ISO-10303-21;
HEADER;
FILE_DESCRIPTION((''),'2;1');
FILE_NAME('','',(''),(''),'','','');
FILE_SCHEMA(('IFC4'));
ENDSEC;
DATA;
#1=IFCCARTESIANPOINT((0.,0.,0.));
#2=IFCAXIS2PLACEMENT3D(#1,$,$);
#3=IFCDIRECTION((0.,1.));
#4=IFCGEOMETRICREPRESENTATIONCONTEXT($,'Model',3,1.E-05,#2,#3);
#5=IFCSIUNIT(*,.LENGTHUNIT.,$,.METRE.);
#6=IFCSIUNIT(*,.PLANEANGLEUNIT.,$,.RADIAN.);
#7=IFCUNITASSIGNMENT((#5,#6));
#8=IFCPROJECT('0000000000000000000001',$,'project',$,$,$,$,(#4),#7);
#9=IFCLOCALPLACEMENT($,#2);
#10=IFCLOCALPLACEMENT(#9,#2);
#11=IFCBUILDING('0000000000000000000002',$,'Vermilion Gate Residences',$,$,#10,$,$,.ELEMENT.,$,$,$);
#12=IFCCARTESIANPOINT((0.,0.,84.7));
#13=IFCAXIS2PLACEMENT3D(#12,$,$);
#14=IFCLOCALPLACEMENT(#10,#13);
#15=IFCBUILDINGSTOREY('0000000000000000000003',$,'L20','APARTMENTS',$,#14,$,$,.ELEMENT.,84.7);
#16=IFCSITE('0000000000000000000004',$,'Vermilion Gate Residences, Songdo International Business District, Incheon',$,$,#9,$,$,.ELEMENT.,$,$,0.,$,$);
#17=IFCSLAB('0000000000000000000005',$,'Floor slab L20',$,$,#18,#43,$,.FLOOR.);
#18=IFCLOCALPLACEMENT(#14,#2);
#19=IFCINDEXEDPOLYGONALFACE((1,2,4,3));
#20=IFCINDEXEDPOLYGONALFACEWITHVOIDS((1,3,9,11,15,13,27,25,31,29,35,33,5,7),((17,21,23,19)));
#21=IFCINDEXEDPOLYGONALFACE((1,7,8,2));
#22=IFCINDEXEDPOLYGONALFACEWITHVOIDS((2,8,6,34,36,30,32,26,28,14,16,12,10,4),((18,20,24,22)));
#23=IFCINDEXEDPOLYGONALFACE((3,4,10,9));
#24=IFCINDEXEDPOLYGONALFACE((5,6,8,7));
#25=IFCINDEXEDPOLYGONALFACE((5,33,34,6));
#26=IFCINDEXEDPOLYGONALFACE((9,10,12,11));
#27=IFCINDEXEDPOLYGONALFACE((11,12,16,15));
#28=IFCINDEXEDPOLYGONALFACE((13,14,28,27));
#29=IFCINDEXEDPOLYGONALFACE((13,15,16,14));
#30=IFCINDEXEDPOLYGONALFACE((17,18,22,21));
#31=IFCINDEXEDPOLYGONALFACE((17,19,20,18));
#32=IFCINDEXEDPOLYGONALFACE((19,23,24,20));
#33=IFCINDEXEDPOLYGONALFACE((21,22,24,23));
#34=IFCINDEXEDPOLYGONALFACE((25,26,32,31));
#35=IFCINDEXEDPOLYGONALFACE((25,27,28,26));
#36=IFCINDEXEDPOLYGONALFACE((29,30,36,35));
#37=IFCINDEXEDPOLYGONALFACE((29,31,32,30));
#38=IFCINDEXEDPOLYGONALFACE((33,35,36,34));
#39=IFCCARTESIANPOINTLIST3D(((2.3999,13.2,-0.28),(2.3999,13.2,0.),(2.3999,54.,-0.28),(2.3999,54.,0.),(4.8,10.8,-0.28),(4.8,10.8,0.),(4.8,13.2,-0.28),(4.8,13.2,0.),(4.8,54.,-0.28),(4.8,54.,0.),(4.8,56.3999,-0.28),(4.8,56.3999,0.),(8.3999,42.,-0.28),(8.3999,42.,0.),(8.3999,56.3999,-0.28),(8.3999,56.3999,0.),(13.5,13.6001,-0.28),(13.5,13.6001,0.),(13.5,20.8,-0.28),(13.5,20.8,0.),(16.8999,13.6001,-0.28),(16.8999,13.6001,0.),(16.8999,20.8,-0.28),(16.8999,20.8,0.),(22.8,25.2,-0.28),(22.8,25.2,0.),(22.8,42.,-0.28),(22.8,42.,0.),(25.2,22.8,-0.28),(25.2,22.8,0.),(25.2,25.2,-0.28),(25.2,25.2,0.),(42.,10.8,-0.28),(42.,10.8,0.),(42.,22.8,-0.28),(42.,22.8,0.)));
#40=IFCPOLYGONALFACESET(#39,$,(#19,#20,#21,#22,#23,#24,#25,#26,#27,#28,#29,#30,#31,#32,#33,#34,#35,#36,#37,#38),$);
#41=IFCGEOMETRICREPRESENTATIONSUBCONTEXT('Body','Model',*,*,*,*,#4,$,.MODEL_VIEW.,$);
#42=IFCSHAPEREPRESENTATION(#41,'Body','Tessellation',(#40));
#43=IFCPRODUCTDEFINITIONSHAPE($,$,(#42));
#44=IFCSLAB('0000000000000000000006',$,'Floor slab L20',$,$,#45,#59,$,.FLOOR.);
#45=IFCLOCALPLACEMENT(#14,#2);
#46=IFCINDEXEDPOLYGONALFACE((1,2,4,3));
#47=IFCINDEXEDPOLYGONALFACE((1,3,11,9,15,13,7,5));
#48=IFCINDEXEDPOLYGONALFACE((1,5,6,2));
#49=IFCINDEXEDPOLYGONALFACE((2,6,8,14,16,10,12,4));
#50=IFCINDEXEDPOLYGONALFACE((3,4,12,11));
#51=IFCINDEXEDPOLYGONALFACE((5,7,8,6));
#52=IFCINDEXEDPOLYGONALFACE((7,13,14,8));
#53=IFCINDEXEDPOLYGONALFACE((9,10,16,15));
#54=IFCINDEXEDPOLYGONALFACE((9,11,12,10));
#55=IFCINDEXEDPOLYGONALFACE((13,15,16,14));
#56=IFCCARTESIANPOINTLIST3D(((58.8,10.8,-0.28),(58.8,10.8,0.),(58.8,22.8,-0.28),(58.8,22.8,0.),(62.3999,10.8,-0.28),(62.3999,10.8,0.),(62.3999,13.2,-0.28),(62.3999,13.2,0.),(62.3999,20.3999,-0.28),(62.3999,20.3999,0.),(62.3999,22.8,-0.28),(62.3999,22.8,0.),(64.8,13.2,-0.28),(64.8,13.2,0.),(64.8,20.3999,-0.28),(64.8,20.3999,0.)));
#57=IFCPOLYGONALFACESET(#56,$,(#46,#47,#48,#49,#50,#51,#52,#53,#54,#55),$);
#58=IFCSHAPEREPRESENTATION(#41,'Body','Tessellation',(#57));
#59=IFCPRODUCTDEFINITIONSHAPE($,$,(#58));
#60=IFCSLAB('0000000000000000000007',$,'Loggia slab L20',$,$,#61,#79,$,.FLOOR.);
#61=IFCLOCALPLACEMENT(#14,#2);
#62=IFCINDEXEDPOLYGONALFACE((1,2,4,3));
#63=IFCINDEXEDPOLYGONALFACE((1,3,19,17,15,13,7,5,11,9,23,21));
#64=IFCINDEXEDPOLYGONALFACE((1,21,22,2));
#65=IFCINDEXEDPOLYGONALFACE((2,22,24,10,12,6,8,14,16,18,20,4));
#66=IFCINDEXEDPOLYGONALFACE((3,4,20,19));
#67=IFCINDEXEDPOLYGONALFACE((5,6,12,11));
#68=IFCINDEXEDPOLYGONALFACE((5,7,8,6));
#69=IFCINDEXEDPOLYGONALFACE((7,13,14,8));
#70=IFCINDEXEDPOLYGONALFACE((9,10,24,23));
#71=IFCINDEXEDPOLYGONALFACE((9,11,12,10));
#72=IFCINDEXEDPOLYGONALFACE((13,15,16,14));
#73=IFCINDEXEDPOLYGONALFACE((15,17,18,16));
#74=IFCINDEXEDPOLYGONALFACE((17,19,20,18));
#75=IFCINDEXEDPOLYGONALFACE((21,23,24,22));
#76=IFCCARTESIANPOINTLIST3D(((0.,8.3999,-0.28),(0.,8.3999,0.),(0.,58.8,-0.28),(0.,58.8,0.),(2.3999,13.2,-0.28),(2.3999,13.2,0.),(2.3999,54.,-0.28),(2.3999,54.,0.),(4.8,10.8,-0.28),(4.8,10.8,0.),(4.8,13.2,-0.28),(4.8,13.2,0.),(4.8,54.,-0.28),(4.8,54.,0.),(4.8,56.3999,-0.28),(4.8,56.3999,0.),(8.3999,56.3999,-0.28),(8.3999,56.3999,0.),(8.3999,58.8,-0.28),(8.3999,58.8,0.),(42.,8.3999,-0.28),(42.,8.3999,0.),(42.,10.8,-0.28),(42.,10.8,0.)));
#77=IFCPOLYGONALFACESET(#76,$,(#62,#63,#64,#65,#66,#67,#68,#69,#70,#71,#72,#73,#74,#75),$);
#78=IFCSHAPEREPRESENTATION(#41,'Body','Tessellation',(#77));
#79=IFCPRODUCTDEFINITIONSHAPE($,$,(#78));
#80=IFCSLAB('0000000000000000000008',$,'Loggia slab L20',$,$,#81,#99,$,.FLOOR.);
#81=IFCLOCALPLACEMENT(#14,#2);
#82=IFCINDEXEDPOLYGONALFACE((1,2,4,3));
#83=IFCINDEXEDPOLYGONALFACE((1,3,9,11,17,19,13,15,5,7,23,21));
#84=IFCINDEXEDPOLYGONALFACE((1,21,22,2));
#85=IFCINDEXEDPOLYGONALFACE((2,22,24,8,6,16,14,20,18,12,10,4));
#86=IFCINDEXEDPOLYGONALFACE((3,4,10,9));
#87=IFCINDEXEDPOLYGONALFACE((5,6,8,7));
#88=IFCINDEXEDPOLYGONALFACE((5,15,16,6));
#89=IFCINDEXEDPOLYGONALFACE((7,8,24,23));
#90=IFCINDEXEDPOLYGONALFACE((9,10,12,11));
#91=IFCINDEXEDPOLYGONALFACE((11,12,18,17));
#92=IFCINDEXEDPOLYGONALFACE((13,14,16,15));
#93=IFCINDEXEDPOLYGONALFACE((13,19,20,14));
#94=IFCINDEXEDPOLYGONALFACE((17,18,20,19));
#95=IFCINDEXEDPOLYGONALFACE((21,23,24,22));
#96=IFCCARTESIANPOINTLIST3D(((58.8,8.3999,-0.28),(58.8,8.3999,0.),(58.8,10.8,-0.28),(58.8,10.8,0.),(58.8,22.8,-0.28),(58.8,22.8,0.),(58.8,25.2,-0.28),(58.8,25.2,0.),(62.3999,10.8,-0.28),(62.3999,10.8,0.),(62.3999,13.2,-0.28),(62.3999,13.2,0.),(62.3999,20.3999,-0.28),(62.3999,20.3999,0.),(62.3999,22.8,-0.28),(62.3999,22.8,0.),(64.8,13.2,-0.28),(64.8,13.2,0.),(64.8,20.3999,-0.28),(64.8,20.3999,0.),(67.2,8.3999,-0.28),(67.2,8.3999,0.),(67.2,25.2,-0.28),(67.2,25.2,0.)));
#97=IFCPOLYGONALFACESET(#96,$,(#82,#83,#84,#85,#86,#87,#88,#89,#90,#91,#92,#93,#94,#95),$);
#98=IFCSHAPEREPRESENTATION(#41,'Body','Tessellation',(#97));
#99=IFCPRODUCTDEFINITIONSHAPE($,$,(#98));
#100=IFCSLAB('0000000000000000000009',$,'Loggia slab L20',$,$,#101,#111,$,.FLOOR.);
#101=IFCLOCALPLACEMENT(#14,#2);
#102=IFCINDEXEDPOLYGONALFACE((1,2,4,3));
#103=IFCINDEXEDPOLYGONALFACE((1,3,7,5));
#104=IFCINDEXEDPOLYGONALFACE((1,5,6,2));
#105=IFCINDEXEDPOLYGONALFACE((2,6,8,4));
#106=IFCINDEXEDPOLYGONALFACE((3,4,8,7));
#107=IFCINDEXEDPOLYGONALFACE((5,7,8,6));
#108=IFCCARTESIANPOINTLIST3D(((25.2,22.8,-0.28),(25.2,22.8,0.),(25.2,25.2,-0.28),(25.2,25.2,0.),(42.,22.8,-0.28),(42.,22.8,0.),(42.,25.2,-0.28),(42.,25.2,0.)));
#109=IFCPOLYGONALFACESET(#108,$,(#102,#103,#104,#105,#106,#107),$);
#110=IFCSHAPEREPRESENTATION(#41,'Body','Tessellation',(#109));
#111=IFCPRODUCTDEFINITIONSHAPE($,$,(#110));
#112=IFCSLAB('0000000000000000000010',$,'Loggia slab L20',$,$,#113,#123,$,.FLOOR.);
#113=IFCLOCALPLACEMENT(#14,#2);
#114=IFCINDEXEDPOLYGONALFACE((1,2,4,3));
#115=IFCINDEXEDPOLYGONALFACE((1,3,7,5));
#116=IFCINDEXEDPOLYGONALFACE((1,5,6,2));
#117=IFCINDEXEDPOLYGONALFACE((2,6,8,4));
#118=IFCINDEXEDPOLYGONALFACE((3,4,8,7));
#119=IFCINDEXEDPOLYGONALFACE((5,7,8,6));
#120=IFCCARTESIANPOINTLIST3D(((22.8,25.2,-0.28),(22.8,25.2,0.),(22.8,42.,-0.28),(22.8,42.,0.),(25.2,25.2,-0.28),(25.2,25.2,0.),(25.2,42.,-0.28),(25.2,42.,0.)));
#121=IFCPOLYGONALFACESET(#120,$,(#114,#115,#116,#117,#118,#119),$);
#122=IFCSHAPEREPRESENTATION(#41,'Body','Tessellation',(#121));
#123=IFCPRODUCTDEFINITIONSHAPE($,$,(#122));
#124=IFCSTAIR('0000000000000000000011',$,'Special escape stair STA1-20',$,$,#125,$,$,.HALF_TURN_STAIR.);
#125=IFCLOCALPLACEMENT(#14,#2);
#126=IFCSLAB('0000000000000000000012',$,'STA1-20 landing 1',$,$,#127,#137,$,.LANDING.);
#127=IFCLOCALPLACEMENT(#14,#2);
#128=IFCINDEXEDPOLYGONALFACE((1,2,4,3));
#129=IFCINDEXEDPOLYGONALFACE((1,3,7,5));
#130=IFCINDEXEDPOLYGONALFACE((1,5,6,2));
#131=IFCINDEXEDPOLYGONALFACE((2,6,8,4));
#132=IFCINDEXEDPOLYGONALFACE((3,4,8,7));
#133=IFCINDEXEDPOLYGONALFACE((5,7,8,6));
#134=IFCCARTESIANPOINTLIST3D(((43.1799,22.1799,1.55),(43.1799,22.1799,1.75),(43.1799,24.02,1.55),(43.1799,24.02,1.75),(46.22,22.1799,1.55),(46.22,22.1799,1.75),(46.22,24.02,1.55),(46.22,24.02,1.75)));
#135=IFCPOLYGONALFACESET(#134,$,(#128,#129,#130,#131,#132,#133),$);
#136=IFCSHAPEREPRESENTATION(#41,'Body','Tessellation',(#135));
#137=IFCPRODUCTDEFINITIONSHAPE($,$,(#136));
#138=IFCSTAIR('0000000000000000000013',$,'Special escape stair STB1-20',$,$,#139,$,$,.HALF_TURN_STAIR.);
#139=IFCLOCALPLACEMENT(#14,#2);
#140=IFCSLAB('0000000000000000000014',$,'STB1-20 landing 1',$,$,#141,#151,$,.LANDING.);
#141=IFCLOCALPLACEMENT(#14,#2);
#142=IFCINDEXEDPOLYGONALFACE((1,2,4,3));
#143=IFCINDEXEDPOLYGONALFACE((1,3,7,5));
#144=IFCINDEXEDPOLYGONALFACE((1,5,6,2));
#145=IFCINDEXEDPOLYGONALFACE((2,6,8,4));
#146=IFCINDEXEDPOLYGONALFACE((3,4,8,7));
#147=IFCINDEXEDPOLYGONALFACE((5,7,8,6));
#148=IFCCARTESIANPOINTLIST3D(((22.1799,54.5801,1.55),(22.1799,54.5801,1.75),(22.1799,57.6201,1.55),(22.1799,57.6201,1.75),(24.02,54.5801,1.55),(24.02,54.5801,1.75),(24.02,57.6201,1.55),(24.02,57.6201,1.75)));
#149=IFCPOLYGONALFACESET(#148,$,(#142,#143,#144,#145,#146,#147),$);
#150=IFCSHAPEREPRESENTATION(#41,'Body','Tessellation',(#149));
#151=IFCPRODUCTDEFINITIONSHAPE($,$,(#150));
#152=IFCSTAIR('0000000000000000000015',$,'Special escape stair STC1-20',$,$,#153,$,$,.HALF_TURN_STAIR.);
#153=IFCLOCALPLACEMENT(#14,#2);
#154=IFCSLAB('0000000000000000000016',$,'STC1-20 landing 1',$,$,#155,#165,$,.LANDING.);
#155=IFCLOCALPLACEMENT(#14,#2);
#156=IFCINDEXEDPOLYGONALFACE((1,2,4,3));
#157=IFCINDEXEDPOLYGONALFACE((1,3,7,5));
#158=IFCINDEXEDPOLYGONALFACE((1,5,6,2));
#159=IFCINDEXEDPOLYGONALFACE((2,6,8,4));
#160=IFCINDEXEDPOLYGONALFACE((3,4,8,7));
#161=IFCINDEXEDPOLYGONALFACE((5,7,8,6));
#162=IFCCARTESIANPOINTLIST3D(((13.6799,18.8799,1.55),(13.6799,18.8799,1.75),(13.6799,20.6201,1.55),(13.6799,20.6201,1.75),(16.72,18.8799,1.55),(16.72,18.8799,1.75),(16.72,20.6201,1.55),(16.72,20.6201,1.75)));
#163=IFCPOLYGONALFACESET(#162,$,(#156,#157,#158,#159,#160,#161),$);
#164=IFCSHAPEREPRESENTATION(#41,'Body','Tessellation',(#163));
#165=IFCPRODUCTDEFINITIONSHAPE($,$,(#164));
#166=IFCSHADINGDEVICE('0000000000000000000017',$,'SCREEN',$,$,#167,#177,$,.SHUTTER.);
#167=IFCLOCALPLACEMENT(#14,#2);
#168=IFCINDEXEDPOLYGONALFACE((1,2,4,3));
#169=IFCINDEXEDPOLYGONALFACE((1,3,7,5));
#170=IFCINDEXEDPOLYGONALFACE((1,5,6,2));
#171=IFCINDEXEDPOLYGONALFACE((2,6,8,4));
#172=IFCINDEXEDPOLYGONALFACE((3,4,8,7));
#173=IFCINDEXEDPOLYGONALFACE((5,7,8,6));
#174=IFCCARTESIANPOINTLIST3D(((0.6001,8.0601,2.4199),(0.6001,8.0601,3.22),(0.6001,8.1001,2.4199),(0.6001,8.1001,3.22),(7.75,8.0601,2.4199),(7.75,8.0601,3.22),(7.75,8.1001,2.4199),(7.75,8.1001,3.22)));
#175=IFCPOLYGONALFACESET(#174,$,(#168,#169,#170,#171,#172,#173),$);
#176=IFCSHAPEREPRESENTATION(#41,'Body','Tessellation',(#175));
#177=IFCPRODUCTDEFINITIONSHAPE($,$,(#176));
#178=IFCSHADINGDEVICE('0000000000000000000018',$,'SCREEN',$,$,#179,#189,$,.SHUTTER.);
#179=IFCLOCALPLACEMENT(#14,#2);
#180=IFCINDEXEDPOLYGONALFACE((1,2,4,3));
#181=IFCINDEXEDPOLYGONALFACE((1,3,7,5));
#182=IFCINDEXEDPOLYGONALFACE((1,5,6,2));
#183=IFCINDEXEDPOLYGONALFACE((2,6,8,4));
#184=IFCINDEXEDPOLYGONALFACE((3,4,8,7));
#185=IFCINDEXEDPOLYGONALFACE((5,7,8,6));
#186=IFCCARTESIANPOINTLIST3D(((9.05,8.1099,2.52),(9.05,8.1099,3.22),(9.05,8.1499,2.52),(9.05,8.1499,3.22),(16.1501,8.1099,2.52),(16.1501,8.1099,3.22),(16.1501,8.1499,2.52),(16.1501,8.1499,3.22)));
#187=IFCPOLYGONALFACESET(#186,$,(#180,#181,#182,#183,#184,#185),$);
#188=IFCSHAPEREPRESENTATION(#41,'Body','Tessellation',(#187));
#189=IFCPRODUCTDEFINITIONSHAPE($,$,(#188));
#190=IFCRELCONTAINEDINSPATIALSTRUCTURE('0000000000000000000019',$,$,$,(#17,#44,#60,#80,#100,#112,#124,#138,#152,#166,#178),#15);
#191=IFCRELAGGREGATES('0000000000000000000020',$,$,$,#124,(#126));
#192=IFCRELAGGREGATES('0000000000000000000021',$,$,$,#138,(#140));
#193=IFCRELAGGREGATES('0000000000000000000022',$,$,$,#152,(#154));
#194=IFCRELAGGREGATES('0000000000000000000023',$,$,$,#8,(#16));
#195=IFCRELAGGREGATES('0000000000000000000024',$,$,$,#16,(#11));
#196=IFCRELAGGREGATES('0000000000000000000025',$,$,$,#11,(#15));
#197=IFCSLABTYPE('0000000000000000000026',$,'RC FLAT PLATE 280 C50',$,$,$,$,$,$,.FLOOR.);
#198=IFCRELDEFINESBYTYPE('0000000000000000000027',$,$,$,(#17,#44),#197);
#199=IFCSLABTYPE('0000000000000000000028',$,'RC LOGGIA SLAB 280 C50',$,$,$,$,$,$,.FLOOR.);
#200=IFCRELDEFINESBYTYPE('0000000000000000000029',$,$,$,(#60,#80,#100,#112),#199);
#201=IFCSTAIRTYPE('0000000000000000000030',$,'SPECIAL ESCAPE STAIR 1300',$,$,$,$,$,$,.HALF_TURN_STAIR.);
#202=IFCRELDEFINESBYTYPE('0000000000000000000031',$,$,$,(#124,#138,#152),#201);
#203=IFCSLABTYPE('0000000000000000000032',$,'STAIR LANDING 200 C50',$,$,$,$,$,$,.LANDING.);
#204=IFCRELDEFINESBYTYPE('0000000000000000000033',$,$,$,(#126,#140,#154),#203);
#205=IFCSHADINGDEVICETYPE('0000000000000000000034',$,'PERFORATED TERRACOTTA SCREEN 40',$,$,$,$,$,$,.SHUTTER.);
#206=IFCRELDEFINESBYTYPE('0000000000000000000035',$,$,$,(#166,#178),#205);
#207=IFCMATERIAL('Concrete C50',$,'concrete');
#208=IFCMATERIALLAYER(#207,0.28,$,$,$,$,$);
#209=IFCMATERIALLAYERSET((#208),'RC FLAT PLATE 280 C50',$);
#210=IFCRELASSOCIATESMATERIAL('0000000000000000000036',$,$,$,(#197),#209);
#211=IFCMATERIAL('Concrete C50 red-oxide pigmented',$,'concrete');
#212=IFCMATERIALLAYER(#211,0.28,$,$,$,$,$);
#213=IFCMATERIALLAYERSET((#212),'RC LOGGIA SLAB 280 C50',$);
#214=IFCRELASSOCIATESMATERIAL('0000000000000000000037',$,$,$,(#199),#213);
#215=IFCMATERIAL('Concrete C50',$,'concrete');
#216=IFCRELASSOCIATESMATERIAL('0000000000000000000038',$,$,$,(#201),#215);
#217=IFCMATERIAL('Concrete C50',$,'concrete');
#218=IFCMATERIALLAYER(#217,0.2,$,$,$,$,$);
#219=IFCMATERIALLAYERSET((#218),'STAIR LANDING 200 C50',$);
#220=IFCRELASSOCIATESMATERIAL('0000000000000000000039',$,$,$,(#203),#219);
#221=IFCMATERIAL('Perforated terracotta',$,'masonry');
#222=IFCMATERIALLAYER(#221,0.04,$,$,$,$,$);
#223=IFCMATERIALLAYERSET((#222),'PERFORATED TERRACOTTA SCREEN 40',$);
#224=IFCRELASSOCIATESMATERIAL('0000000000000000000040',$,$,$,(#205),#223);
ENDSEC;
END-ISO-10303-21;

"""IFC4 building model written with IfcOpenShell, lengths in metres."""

from ifc_helpers import new_model, si_unit, direction, frame, origin, origin_2d, place, context, subcontext, project, spatial, polyline, rectangle, outline, extrude, material, layer, layer_set, type_object, element, aggregate, save


model = new_model("IFC4")

# Units and contexts
model_context = context("Model", 3, precision=1e-05, world=origin(), true_north=direction((0.0, 1.0)))
body_context = subcontext(model_context, "Body", "Model", "MODEL_VIEW")
ifc_project = project(units=[si_unit("LENGTHUNIT", "METRE"), si_unit("PLANEANGLEUNIT", "RADIAN")], contexts=[model_context])

# Site, building, storey
site_placement = place(None, origin())
site = spatial("IfcSite", under=ifc_project, at=site_placement, Name="Vermilion Gate Residences, Songdo International Business District, Incheon", CompositionType="ELEMENT", RefElevation=0.0)
building_placement = place(site_placement, origin())
building = spatial("IfcBuilding", under=site, at=building_placement, Name="Vermilion Gate Residences", CompositionType="ELEMENT")
storey_placement = place(building_placement, frame((0.0, 0.0, 84.7)))
storey = spatial("IfcBuildingStorey", under=building, at=storey_placement, Name="L20", Description="APARTMENTS", CompositionType="ELEMENT", Elevation=84.7)

# Slabs
ifc_material_1 = material(Name="Concrete C50", Category="concrete")
ifc_layer_1 = layer(ifc_material_1, 0.28)
ifc_layer_set_1 = layer_set([ifc_layer_1], Name="RC FLAT PLATE 280 C50")
slab_type_1 = type_object("IfcSlabType", Name="RC FLAT PLATE 280 C50", PredefinedType="FLOOR", material=ifc_layer_set_1)
slab_1_placement = place(storey_placement, frame((0.0, 0.0, -0.28)))
element("IfcSlab", 1, at=slab_1_placement, inside=storey, type_object=slab_type_1, Name="Floor slab L20", PredefinedType="FLOOR", context=body_context, shape_type="SweptSolid", body=[
    extrude(outline(polyline([(22.8, 25.2), (22.8, 42.0), (8.3999, 42.0), (8.3999, 56.3999), (4.8, 56.3999), (4.8, 54.0), (2.3999, 54.0), (2.3999, 13.2), (4.8, 13.2), (4.8, 10.8), (42.0, 10.8), (42.0, 22.8), (25.2, 22.8), (25.2, 25.2), (22.8, 25.2)]), holes=[polyline([(13.5, 13.6001), (13.5, 20.8), (16.8999, 20.8), (16.8999, 13.6001), (13.5, 13.6001)])]), origin(), (0.0, 0.0, 1.0), 0.28),
])
slab_2_placement = place(storey_placement, frame((0.0, 0.0, -0.28)))
element("IfcSlab", 2, at=slab_2_placement, inside=storey, type_object=slab_type_1, Name="Floor slab L20", PredefinedType="FLOOR", context=body_context, shape_type="SweptSolid", body=[
    extrude(outline(polyline([(58.8, 22.8), (58.8, 10.8), (62.3999, 10.8), (62.3999, 13.2), (64.8, 13.2), (64.8, 20.3999), (62.3999, 20.3999), (62.3999, 22.8), (58.8, 22.8)])), origin(), (0.0, 0.0, 1.0), 0.28),
])
ifc_material_2 = material(Name="Concrete C50 red-oxide pigmented", Category="concrete")
ifc_layer_2 = layer(ifc_material_2, 0.28)
ifc_layer_set_2 = layer_set([ifc_layer_2], Name="RC LOGGIA SLAB 280 C50")
slab_type_2 = type_object("IfcSlabType", Name="RC LOGGIA SLAB 280 C50", PredefinedType="FLOOR", material=ifc_layer_set_2)
slab_3_placement = place(storey_placement, frame((0.0, 0.0, -0.28)))
element("IfcSlab", 3, at=slab_3_placement, inside=storey, type_object=slab_type_2, Name="Loggia slab L20", PredefinedType="FLOOR", context=body_context, shape_type="SweptSolid", body=[
    extrude(outline(polyline([(0.0, 58.8), (0.0, 8.3999), (42.0, 8.3999), (42.0, 10.8), (4.8, 10.8), (4.8, 13.2), (2.3999, 13.2), (2.3999, 54.0), (4.8, 54.0), (4.8, 56.3999), (8.3999, 56.3999), (8.3999, 58.8), (0.0, 58.8)])), origin(), (0.0, 0.0, 1.0), 0.28),
])
slab_4_placement = place(storey_placement, frame((0.0, 0.0, -0.28)))
element("IfcSlab", 4, at=slab_4_placement, inside=storey, type_object=slab_type_2, Name="Loggia slab L20", PredefinedType="FLOOR", context=body_context, shape_type="SweptSolid", body=[
    extrude(outline(polyline([(64.8, 20.3999), (64.8, 13.2), (62.3999, 13.2), (62.3999, 10.8), (58.8, 10.8), (58.8, 8.3999), (67.2, 8.3999), (67.2, 25.2), (58.8, 25.2), (58.8, 22.8), (62.3999, 22.8), (62.3999, 20.3999), (64.8, 20.3999)])), origin(), (0.0, 0.0, 1.0), 0.28),
])
slab_5_placement = place(storey_placement, frame((0.0, 0.0, -0.28)))
element("IfcSlab", 5, at=slab_5_placement, inside=storey, type_object=slab_type_2, Name="Loggia slab L20", PredefinedType="FLOOR", context=body_context, shape_type="SweptSolid", body=[
    extrude(outline(polyline([(25.2, 22.8), (42.0, 22.8), (42.0, 25.2), (25.2, 25.2), (25.2, 22.8)])), origin(), (0.0, 0.0, 1.0), 0.28),
])
slab_6_placement = place(storey_placement, frame((0.0, 0.0, -0.28)))
element("IfcSlab", 6, at=slab_6_placement, inside=storey, type_object=slab_type_2, Name="Loggia slab L20", PredefinedType="FLOOR", context=body_context, shape_type="SweptSolid", body=[
    extrude(outline(polyline([(25.2, 25.2), (25.2, 42.0), (22.8, 42.0), (22.8, 25.2), (25.2, 25.2)])), origin(), (0.0, 0.0, 1.0), 0.28),
])

# Stairs, slabs
ifc_material_3 = material(Name="Concrete C50", Category="concrete")
stair_type = type_object("IfcStairType", Name="SPECIAL ESCAPE STAIR 1300", PredefinedType="HALF_TURN_STAIR", material=ifc_material_3)
stair_1_placement = place(storey_placement, origin())
stair_1 = element("IfcStair", 7, at=stair_1_placement, inside=storey, type_object=stair_type, Name="Special escape stair STA1-20", PredefinedType="HALF_TURN_STAIR")
ifc_material_4 = material(Name="Concrete C50", Category="concrete")
ifc_layer_3 = layer(ifc_material_4, 0.2)
ifc_layer_set_3 = layer_set([ifc_layer_3], Name="STAIR LANDING 200 C50")
slab_type_3 = type_object("IfcSlabType", Name="STAIR LANDING 200 C50", PredefinedType="LANDING", material=ifc_layer_set_3)
slab_7_placement = place(storey_placement, frame((0.0, 0.0, 1.55)))
slab_7 = element("IfcSlab", 8, at=slab_7_placement, type_object=slab_type_3, Name="STA1-20 landing 1", PredefinedType="LANDING", context=body_context, shape_type="SweptSolid", body=[
    extrude(outline(polyline([(46.22, 22.1799), (46.22, 24.02), (43.1799, 24.02), (43.1799, 22.1799), (46.22, 22.1799)])), origin(), (0.0, 0.0, 1.0), 0.2),
])
aggregate(stair_1, [slab_7])
stair_2_placement = place(storey_placement, origin())
stair_2 = element("IfcStair", 9, at=stair_2_placement, inside=storey, type_object=stair_type, Name="Special escape stair STB1-20", PredefinedType="HALF_TURN_STAIR")
slab_8_placement = place(storey_placement, frame((0.0, 0.0, 1.55)))
slab_8 = element("IfcSlab", 10, at=slab_8_placement, type_object=slab_type_3, Name="STB1-20 landing 1", PredefinedType="LANDING", context=body_context, shape_type="SweptSolid", body=[
    extrude(outline(polyline([(24.02, 54.5801), (24.02, 57.6201), (22.1799, 57.6201), (22.1799, 54.5801), (24.02, 54.5801)])), origin(), (0.0, 0.0, 1.0), 0.2),
])
aggregate(stair_2, [slab_8])
stair_3_placement = place(storey_placement, origin())
stair_3 = element("IfcStair", 11, at=stair_3_placement, inside=storey, type_object=stair_type, Name="Special escape stair STC1-20", PredefinedType="HALF_TURN_STAIR")
slab_9_placement = place(storey_placement, frame((0.0, 0.0, 1.55)))
slab_9 = element("IfcSlab", 12, at=slab_9_placement, type_object=slab_type_3, Name="STC1-20 landing 1", PredefinedType="LANDING", context=body_context, shape_type="SweptSolid", body=[
    extrude(outline(polyline([(16.72, 18.8799), (16.72, 20.6201), (13.6799, 20.6201), (13.6799, 18.8799), (16.72, 18.8799)])), origin(), (0.0, 0.0, 1.0), 0.2),
])
aggregate(stair_3, [slab_9])

# Shading devices
ifc_material_5 = material(Name="Perforated terracotta", Category="masonry")
ifc_layer_4 = layer(ifc_material_5, 0.04)
ifc_layer_set_4 = layer_set([ifc_layer_4], Name="PERFORATED TERRACOTTA SCREEN 40")
shading_device_type_1 = type_object("IfcShadingDeviceType", Name="PERFORATED TERRACOTTA SCREEN 40", PredefinedType="SHUTTER", material=ifc_layer_set_4)
shading_device_1_placement = place(storey_placement, frame((4.175, 8.0801, 2.4199), z_axis=(0.0, 0.0, 1.0), x_axis=(1.0, 0.0, 0.0)))
element("IfcShadingDevice", 13, at=shading_device_1_placement, inside=storey, type_object=shading_device_type_1, Name="SCREEN", PredefinedType="SHUTTER", context=body_context, shape_type="SweptSolid", body=[
    extrude(rectangle(XDim=7.1499, YDim=0.04, at=origin_2d()), origin(), (0.0, 0.0, 1.0), 0.8),
])
shading_device_2_placement = place(storey_placement, frame((12.6001, 8.1299, 2.52), z_axis=(0.0, 0.0, 1.0), x_axis=(1.0, 0.0, 0.0)))
element("IfcShadingDevice", 14, at=shading_device_2_placement, inside=storey, type_object=shading_device_type_1, Name="SCREEN", PredefinedType="SHUTTER", context=body_context, shape_type="SweptSolid", body=[
    extrude(rectangle(XDim=7.1001, YDim=0.04, at=origin_2d()), origin(), (0.0, 0.0, 1.0), 0.7),
])

save(model, "model.ifc")
